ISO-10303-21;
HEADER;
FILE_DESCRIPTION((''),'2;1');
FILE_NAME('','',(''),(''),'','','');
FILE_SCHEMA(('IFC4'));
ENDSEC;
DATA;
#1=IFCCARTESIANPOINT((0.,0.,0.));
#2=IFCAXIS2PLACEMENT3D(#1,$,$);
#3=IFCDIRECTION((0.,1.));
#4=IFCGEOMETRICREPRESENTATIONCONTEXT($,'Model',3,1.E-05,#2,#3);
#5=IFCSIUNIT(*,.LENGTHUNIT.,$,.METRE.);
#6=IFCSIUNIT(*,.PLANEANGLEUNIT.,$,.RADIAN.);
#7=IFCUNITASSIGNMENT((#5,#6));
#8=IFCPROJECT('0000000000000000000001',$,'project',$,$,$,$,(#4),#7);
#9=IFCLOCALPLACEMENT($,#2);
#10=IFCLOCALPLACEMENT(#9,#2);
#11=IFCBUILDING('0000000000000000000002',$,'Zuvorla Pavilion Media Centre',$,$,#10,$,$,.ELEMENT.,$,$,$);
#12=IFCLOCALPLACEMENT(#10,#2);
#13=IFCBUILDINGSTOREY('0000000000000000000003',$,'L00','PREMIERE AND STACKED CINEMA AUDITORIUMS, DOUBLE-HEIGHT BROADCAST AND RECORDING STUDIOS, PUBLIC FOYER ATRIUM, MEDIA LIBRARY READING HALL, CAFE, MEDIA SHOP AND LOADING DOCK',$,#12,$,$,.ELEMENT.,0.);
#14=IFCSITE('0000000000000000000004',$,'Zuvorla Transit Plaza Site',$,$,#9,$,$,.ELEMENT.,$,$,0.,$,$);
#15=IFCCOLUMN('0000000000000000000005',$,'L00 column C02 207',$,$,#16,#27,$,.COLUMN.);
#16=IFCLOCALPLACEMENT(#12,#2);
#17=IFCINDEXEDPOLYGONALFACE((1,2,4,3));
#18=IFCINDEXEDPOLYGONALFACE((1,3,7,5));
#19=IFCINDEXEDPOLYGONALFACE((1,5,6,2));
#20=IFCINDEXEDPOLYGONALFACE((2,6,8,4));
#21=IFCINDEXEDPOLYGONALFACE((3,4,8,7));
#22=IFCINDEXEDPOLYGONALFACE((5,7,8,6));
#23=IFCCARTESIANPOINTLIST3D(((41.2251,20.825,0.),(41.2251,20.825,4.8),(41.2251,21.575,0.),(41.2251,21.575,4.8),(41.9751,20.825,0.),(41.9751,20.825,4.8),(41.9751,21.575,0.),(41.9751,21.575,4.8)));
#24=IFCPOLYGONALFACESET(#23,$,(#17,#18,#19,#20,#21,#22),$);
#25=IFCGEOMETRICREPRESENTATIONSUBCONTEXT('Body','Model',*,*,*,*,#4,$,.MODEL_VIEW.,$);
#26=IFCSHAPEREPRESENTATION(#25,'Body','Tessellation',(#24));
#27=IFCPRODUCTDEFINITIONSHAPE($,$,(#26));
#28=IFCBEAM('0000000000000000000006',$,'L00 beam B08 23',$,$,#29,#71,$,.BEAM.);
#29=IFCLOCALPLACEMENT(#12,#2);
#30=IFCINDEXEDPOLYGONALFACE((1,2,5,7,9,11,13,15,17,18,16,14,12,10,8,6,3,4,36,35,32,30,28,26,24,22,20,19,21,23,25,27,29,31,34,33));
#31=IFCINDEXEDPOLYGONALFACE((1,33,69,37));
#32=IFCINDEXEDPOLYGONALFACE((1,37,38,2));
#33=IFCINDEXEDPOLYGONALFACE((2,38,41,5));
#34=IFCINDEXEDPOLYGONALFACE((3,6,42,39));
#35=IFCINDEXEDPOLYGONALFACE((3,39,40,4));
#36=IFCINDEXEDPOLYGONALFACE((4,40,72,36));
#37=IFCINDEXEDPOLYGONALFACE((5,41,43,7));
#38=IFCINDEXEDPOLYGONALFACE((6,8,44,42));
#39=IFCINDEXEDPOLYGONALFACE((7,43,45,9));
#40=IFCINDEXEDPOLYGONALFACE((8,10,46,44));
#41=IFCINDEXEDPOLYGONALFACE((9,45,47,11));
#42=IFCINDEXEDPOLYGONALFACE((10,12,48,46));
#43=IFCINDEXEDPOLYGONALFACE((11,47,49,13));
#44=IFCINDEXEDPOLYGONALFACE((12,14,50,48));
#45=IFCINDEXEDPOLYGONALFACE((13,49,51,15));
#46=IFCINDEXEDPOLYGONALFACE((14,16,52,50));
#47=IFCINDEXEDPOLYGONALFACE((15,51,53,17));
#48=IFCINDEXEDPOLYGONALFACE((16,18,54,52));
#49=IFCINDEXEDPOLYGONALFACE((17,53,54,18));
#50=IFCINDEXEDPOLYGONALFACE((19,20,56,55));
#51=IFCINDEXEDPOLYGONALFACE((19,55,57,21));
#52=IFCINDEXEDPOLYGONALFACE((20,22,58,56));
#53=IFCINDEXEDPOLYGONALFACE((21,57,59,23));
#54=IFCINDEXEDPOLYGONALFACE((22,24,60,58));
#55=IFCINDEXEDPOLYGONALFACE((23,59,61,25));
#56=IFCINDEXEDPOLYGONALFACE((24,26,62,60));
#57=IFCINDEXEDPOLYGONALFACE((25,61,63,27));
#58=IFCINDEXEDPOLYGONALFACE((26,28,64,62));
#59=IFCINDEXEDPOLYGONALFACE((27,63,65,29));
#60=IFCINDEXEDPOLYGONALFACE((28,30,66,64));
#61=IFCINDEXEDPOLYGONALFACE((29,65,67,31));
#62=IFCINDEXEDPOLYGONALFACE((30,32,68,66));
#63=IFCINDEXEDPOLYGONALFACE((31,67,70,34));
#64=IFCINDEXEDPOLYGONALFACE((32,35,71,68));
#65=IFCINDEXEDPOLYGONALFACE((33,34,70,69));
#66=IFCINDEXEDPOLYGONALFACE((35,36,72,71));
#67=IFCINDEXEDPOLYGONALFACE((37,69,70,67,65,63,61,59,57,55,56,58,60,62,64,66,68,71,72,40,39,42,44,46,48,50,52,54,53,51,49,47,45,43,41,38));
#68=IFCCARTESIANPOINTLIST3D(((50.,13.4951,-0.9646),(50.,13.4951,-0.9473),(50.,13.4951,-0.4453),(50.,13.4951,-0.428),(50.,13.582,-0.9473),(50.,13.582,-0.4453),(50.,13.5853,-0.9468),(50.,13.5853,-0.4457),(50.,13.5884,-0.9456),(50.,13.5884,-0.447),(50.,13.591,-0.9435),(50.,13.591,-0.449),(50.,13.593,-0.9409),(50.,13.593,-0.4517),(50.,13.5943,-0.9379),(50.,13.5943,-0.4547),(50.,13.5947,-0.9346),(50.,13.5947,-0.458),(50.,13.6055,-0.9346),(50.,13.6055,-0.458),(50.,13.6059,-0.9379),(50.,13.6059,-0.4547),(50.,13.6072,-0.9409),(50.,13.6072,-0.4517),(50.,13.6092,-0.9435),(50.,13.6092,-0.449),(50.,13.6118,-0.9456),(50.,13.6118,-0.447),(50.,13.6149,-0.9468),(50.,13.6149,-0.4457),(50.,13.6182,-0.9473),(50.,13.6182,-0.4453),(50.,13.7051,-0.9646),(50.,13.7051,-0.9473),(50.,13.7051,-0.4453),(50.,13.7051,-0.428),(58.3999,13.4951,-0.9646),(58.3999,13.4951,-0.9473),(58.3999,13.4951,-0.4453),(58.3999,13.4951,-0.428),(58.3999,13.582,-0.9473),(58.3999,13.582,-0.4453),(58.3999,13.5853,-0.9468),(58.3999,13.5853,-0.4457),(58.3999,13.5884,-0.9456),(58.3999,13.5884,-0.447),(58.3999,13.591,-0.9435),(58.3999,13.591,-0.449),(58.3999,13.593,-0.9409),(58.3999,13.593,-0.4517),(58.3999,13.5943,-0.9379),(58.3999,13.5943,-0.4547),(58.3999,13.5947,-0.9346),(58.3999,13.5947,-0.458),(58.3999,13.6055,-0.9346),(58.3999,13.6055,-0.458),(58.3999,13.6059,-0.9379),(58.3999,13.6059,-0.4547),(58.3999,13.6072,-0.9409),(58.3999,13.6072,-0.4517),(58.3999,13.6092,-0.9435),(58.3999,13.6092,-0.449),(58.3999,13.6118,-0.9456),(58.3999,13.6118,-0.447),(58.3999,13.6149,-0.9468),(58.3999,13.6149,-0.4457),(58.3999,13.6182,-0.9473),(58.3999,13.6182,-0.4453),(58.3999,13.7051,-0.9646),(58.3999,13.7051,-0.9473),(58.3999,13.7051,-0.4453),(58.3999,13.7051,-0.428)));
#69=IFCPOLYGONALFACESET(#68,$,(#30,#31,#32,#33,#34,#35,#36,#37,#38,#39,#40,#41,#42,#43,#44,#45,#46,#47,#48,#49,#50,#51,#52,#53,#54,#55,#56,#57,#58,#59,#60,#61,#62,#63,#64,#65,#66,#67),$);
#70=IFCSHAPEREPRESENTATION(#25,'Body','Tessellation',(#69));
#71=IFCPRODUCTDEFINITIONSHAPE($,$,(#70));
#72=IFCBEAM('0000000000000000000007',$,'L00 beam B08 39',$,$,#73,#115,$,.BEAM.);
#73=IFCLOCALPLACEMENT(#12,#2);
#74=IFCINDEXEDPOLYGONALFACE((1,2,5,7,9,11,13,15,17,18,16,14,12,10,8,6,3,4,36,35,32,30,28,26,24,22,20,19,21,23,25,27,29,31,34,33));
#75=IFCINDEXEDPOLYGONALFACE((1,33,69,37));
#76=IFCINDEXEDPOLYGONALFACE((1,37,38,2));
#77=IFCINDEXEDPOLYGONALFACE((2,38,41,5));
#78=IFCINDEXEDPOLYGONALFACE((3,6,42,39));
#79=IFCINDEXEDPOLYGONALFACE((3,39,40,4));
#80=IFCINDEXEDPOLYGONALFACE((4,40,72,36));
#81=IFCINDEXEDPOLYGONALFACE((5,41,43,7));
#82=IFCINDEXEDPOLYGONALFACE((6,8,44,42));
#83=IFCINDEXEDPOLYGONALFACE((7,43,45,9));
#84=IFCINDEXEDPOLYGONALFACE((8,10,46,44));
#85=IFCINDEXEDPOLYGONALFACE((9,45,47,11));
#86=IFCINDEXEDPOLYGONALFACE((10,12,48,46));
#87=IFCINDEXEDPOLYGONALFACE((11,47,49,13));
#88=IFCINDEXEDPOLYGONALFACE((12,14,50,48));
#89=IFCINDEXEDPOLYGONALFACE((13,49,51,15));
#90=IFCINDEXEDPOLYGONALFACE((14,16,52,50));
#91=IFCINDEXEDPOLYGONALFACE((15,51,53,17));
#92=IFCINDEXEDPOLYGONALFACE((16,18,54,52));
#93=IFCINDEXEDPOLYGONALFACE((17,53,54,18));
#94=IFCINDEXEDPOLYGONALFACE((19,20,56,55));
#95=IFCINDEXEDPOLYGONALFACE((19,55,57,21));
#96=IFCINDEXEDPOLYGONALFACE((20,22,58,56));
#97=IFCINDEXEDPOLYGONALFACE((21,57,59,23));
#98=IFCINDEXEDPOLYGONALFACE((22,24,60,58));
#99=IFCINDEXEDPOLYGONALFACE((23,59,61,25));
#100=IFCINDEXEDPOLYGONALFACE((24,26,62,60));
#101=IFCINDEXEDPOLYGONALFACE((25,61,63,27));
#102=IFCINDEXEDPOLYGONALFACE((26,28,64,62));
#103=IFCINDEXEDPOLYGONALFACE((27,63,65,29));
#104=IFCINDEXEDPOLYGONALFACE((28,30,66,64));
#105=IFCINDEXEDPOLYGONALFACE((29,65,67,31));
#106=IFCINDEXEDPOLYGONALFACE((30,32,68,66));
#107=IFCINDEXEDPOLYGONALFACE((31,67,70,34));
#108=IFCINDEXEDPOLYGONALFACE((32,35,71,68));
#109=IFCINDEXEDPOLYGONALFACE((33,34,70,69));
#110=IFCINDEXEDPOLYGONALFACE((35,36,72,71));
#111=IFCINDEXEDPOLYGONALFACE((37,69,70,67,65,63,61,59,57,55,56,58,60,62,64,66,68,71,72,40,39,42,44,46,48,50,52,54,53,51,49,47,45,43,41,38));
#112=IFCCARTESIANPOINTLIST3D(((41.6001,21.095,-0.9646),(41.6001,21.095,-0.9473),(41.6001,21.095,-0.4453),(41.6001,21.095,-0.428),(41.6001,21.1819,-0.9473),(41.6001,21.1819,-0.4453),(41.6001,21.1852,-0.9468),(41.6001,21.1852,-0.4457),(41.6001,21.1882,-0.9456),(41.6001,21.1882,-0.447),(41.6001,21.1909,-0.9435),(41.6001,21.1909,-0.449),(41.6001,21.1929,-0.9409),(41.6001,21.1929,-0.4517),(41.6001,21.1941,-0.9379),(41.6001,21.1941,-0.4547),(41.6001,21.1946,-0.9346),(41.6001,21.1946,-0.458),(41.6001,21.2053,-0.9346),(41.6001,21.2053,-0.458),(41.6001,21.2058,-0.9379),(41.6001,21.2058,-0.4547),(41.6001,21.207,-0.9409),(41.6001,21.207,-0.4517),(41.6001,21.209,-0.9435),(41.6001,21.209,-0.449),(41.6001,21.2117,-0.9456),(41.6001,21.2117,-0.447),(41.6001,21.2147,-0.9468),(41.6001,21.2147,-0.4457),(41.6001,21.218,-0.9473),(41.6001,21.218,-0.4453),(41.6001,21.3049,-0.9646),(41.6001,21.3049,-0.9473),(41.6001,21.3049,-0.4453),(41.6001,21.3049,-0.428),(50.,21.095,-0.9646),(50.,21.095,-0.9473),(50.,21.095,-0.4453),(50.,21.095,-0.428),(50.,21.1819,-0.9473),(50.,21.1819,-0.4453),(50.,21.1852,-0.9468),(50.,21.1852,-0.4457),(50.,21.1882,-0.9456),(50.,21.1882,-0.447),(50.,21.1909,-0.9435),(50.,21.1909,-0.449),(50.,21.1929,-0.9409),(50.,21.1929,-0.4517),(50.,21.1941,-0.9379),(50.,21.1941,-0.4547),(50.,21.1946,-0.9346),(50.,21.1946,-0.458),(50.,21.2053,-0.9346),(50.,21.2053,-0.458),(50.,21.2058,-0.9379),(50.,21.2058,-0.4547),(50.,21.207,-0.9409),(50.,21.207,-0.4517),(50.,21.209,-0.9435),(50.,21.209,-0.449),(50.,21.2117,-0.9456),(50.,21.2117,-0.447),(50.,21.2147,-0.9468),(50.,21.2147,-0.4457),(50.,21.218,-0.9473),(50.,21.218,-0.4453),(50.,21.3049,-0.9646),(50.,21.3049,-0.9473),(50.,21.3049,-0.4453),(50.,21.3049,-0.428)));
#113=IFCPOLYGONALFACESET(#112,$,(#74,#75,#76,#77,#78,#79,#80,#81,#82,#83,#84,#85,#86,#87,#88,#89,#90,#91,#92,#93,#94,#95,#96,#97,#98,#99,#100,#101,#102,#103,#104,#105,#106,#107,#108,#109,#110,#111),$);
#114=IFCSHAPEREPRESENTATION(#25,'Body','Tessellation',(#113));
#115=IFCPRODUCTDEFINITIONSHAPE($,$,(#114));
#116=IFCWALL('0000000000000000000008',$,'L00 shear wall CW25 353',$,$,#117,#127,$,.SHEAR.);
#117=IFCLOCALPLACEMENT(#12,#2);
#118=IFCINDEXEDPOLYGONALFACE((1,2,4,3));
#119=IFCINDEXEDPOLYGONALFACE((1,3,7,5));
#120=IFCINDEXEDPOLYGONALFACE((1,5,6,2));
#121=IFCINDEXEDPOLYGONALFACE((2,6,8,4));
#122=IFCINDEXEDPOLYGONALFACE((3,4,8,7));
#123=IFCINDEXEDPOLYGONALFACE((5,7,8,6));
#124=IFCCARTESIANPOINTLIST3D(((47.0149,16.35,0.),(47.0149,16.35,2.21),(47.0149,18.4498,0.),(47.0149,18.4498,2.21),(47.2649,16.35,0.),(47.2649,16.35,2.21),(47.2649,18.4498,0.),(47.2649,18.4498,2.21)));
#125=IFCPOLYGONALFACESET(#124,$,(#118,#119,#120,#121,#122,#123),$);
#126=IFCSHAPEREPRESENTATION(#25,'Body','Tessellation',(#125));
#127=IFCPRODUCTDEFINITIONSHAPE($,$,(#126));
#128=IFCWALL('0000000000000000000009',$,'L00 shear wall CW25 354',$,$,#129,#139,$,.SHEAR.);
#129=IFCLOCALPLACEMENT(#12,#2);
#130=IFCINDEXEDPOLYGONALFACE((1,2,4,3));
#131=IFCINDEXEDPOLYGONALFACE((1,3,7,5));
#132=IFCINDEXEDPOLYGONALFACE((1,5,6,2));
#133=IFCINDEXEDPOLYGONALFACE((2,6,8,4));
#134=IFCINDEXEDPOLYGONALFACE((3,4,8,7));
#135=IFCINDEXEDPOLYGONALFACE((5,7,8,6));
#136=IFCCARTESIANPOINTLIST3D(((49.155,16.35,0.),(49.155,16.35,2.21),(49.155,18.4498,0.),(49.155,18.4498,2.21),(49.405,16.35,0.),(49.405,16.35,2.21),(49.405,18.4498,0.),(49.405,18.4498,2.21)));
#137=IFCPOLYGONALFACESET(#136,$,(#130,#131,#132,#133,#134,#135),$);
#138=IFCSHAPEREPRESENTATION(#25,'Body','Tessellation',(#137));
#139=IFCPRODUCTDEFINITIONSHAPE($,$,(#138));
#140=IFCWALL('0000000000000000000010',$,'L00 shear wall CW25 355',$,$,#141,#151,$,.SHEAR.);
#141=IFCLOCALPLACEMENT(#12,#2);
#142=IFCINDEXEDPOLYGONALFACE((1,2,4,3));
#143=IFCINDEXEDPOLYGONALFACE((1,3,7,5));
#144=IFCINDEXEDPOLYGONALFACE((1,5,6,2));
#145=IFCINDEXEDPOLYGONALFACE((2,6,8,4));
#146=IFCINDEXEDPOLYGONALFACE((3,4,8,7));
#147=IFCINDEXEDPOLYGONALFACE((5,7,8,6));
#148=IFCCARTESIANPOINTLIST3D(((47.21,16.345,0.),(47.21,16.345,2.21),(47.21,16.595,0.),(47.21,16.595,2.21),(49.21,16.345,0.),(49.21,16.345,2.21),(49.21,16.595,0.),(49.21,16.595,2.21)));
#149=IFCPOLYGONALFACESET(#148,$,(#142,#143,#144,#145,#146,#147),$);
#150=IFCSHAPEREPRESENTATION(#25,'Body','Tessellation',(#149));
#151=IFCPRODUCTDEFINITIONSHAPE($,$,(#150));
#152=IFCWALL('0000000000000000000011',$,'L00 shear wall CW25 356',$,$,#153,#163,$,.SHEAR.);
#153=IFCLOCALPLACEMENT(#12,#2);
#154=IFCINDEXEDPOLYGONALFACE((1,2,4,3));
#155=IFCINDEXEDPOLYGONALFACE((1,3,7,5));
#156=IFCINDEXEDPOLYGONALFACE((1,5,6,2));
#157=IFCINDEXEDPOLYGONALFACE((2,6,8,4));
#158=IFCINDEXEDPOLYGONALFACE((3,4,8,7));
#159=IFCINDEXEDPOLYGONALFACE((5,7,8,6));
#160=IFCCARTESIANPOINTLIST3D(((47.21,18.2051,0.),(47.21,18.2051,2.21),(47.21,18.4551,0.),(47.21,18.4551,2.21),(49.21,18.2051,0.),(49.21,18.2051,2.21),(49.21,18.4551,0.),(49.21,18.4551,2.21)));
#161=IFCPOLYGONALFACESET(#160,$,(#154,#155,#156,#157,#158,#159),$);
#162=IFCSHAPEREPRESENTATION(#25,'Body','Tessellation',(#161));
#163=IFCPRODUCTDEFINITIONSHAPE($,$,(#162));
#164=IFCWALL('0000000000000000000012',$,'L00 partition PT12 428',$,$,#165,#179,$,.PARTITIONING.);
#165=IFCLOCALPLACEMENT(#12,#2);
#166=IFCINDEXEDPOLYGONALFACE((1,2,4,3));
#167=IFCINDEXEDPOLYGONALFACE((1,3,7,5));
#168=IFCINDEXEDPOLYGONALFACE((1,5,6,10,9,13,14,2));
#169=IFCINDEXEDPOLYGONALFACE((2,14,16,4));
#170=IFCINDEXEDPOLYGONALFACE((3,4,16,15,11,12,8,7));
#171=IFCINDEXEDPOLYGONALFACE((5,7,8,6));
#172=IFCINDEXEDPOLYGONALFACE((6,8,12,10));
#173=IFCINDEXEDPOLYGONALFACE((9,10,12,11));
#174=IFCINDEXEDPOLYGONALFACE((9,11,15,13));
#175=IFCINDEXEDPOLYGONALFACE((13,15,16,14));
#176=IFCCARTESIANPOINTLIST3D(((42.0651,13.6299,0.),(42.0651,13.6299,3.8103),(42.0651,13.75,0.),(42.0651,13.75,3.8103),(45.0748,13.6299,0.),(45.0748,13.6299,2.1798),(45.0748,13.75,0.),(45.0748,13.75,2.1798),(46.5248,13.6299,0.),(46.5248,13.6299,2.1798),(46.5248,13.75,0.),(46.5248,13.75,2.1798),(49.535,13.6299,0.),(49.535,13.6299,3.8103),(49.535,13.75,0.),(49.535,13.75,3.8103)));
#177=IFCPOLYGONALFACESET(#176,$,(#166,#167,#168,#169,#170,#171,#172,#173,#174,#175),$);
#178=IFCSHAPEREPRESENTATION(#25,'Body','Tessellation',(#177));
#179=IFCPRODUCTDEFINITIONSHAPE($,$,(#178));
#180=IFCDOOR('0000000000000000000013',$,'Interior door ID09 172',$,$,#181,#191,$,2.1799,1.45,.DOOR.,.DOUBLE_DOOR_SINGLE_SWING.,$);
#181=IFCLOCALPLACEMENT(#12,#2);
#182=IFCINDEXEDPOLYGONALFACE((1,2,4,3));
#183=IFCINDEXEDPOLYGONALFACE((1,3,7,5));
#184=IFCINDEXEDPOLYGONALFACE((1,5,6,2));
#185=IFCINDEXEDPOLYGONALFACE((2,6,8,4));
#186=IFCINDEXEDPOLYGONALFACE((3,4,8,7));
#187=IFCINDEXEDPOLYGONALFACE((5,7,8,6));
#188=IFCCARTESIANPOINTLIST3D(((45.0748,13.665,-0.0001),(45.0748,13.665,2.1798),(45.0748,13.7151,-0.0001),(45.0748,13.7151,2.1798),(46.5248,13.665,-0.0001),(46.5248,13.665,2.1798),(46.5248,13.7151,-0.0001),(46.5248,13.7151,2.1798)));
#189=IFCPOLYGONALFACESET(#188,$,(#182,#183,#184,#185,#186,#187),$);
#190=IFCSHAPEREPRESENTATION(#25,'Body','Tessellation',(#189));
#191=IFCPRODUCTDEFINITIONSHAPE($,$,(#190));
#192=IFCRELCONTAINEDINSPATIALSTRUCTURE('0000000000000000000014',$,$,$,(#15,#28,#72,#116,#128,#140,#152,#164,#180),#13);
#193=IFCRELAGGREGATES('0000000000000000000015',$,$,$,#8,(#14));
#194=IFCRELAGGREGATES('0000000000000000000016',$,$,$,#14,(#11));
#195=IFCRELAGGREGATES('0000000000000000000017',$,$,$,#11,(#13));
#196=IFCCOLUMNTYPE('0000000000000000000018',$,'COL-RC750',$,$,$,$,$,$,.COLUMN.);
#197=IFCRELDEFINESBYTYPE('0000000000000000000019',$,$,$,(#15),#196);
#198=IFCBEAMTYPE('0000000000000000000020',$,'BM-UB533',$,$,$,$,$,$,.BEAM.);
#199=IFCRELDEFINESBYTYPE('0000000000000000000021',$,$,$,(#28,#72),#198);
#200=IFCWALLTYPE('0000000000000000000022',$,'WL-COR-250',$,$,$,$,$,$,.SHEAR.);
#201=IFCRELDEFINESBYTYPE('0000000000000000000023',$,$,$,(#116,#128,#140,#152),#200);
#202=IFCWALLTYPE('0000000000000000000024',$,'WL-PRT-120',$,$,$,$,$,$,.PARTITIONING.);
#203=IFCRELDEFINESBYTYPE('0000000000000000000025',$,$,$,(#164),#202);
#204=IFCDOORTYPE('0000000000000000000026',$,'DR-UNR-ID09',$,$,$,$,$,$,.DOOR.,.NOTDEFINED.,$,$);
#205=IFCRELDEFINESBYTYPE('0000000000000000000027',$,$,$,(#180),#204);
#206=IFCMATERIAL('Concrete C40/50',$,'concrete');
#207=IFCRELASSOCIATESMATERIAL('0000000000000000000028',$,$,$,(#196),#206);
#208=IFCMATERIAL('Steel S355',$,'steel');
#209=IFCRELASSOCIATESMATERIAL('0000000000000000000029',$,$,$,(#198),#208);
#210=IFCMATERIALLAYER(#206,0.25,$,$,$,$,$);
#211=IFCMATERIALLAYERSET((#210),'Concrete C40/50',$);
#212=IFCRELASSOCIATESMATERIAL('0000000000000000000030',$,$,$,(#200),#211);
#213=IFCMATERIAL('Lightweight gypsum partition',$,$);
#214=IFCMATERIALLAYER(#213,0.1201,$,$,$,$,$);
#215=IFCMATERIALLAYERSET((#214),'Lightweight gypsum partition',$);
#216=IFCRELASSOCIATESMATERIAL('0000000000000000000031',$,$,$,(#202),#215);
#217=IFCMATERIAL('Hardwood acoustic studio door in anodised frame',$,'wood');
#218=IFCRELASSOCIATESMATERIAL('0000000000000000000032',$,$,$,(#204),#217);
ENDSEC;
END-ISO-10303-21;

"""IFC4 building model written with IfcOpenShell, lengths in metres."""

from ifc_helpers import new_model, si_unit, direction, frame, frame_2d, origin, origin_2d, place, context, subcontext, project, spatial, rectangle, i_section, extrude, material, layer, layer_set, material_profile, profile_set, type_object, element, fill, save


model = new_model("IFC4")

# Units and contexts
model_context = context("Model", 3, precision=1e-05, world=origin(), true_north=direction((0.0, 1.0)))
body_context = subcontext(model_context, "Body", "Model", "MODEL_VIEW")
ifc_project = project(units=[si_unit("LENGTHUNIT", "METRE"), si_unit("PLANEANGLEUNIT", "RADIAN")], contexts=[model_context])

# Site, building, storey
site_placement = place(None, origin())
site = spatial("IfcSite", under=ifc_project, at=site_placement, Name="Zuvorla Transit Plaza Site", CompositionType="ELEMENT", RefElevation=0.0)
building_placement = place(site_placement, origin())
building = spatial("IfcBuilding", under=site, at=building_placement, Name="Zuvorla Pavilion Media Centre", CompositionType="ELEMENT")
storey_placement = place(building_placement, origin())
storey = spatial("IfcBuildingStorey", under=building, at=storey_placement, Name="L00", Description="PREMIERE AND STACKED CINEMA AUDITORIUMS, DOUBLE-HEIGHT BROADCAST AND RECORDING STUDIOS, PUBLIC FOYER ATRIUM, MEDIA LIBRARY READING HALL, CAFE, MEDIA SHOP AND LOADING DOCK", CompositionType="ELEMENT", Elevation=0.0)

# Column
ifc_material_1 = material(Name="Concrete C40/50", Category="concrete")
ifc_material_profile_1 = material_profile(ifc_material_1, rectangle(XDim=0.75, YDim=0.75, at=origin_2d()), Name="RC 750x750")
ifc_profile_set_1 = profile_set([ifc_material_profile_1], Name="Concrete C40/50")
column_type = type_object("IfcColumnType", Name="COL-RC750", PredefinedType="COLUMN", material=ifc_profile_set_1)
column_placement = place(storey_placement, frame((41.6001, 21.2, 0.0), z_axis=(0.0, 0.0, 1.0), x_axis=(1.0, 0.0, 0.0)))
element("IfcColumn", 1, at=column_placement, inside=storey, type_object=column_type, Name="L00 column C02 207", PredefinedType="COLUMN", context=body_context, shape_type="SweptSolid", body=[
    extrude(rectangle(XDim=0.75, YDim=0.75, at=origin_2d()), origin(), (0.0, 0.0, 1.0), 4.8),
])

# Beams
ifc_material_2 = material(Name="Steel S355", Category="steel")
ifc_material_profile_2 = material_profile(ifc_material_2, i_section(OverallWidth=0.21, OverallDepth=0.5366, WebThickness=0.0107, FlangeThickness=0.0173, FilletRadius=0.0127, at=origin_2d()), Name="UB 533x210x101")
ifc_profile_set_2 = profile_set([ifc_material_profile_2], Name="Steel S355")
beam_type = type_object("IfcBeamType", Name="BM-UB533", PredefinedType="BEAM", material=ifc_profile_set_2)
for number, where, z_axis, x_axis, name in (
    (2, (50.0, 13.6001, -0.6963), (1.0, 0.0, 0.0), (0.0, 1.0, 0.0), "L00 beam B08 23"),
    (3, (41.6001, 21.2, -0.6963), (1.0, 0.0, 0.0), (0.0, 1.0, 0.0), "L00 beam B08 39"),
):
    element("IfcBeam", number, at=place(storey_placement, frame(where, z_axis=z_axis, x_axis=x_axis)), inside=storey, type_object=beam_type, Name=name, PredefinedType="BEAM", context=body_context, shape_type="SweptSolid", body=[
        extrude(i_section(OverallWidth=0.21, OverallDepth=0.5366, WebThickness=0.0107, FlangeThickness=0.0173, FilletRadius=0.0127, at=origin_2d()), origin(), (0.0, 0.0, 1.0), 8.3999),
    ])

# Walls
ifc_layer_1 = layer(ifc_material_1, 0.25)
ifc_layer_set_1 = layer_set([ifc_layer_1], Name="Concrete C40/50")
wall_type_1 = type_object("IfcWallType", Name="WL-COR-250", PredefinedType="SHEAR", material=ifc_layer_set_1)
for number, where, z_axis, x_axis, name in (
    (4, (47.1399, 16.3501, 0.0), (0.0, 0.0, 1.0), (0.0, 1.0, 0.0), "L00 shear wall CW25 353"),
    (5, (49.28, 16.3501, 0.0), (0.0, 0.0, 1.0), (0.0, 1.0, 0.0), "L00 shear wall CW25 354"),
):
    element("IfcWall", number, at=place(storey_placement, frame(where, z_axis=z_axis, x_axis=x_axis)), inside=storey, type_object=wall_type_1, Name=name, PredefinedType="SHEAR", context=body_context, shape_type="SweptSolid", body=[
        extrude(rectangle(XDim=2.0999, YDim=0.25, at=frame_2d((1.0498, 0.0))), origin(), (0.0, 0.0, 1.0), 2.21),
    ])
for number, where, z_axis, x_axis, name in (
    (6, (47.21, 16.47, 0.0), (0.0, 0.0, 1.0), (1.0, 0.0, 0.0), "L00 shear wall CW25 355"),
    (7, (47.21, 18.3301, 0.0), (0.0, 0.0, 1.0), (1.0, 0.0, 0.0), "L00 shear wall CW25 356"),
):
    element("IfcWall", number, at=place(storey_placement, frame(where, z_axis=z_axis, x_axis=x_axis)), inside=storey, type_object=wall_type_1, Name=name, PredefinedType="SHEAR", context=body_context, shape_type="SweptSolid", body=[
        extrude(rectangle(XDim=2.0, YDim=0.25, at=frame_2d((1.0, 0.0))), origin(), (0.0, 0.0, 1.0), 2.21),
    ])

# Wall, opening, door
ifc_material_3 = material(Name="Lightweight gypsum partition")
ifc_layer_2 = layer(ifc_material_3, 0.1201)
ifc_layer_set_2 = layer_set([ifc_layer_2], Name="Lightweight gypsum partition")
wall_type_2 = type_object("IfcWallType", Name="WL-PRT-120", PredefinedType="PARTITIONING", material=ifc_layer_set_2)
wall_1_placement = place(storey_placement, frame((49.5349, 13.6899, 0.0), z_axis=(0.0, 0.0, 1.0), x_axis=(-1.0, 0.0, 0.0)))
wall_1 = element("IfcWall", 8, at=wall_1_placement, inside=storey, type_object=wall_type_2, Name="L00 partition PT12 428", PredefinedType="PARTITIONING", context=body_context, shape_type="SweptSolid", body=[
    extrude(rectangle(XDim=7.47, YDim=0.1201, at=frame_2d((3.7349, 0.0))), origin(), (0.0, 0.0, 1.0), 3.8103),
])
opening_1_placement = place(wall_1_placement, frame((3.01, 0.0, 0.0)))
opening_1 = element("IfcOpeningElement", 9, at=opening_1_placement, cuts=wall_1, PredefinedType="OPENING", context=body_context, shape_type="SweptSolid", body=[
    extrude(rectangle(XDim=1.45, YDim=2.1799, at=frame_2d((0.7251, 1.0898))), frame((0.0, 0.0701, 0.0), z_axis=(0.0, -1.0, 0.0), x_axis=(1.0, 0.0, 0.0)), (0.0, 0.0, 1.0), 0.1401),
])
ifc_material_4 = material(Name="Hardwood acoustic studio door in anodised frame", Category="wood")
door_type_1 = type_object("IfcDoorType", Name="DR-UNR-ID09", OperationType="NOTDEFINED", PredefinedType="DOOR", material=ifc_material_4)
door_1_placement = place(opening_1_placement, origin())
door_1 = element("IfcDoor", 10, at=door_1_placement, inside=storey, type_object=door_type_1, Name="Interior door ID09 172", OperationType="DOUBLE_DOOR_SINGLE_SWING", OverallHeight=2.1799, OverallWidth=1.45, PredefinedType="DOOR", context=body_context, shape_type="SweptSolid", body=[
    extrude(rectangle(XDim=1.45, YDim=2.1799, at=frame_2d((0.7251, 1.0898))), frame((0.0, 0.0249, 0.0), z_axis=(0.0, -1.0, 0.0), x_axis=(1.0, 0.0, 0.0)), (0.0, 0.0, 1.0), 0.05),
])
fill(opening_1, door_1)

save(model, "model.ifc")
